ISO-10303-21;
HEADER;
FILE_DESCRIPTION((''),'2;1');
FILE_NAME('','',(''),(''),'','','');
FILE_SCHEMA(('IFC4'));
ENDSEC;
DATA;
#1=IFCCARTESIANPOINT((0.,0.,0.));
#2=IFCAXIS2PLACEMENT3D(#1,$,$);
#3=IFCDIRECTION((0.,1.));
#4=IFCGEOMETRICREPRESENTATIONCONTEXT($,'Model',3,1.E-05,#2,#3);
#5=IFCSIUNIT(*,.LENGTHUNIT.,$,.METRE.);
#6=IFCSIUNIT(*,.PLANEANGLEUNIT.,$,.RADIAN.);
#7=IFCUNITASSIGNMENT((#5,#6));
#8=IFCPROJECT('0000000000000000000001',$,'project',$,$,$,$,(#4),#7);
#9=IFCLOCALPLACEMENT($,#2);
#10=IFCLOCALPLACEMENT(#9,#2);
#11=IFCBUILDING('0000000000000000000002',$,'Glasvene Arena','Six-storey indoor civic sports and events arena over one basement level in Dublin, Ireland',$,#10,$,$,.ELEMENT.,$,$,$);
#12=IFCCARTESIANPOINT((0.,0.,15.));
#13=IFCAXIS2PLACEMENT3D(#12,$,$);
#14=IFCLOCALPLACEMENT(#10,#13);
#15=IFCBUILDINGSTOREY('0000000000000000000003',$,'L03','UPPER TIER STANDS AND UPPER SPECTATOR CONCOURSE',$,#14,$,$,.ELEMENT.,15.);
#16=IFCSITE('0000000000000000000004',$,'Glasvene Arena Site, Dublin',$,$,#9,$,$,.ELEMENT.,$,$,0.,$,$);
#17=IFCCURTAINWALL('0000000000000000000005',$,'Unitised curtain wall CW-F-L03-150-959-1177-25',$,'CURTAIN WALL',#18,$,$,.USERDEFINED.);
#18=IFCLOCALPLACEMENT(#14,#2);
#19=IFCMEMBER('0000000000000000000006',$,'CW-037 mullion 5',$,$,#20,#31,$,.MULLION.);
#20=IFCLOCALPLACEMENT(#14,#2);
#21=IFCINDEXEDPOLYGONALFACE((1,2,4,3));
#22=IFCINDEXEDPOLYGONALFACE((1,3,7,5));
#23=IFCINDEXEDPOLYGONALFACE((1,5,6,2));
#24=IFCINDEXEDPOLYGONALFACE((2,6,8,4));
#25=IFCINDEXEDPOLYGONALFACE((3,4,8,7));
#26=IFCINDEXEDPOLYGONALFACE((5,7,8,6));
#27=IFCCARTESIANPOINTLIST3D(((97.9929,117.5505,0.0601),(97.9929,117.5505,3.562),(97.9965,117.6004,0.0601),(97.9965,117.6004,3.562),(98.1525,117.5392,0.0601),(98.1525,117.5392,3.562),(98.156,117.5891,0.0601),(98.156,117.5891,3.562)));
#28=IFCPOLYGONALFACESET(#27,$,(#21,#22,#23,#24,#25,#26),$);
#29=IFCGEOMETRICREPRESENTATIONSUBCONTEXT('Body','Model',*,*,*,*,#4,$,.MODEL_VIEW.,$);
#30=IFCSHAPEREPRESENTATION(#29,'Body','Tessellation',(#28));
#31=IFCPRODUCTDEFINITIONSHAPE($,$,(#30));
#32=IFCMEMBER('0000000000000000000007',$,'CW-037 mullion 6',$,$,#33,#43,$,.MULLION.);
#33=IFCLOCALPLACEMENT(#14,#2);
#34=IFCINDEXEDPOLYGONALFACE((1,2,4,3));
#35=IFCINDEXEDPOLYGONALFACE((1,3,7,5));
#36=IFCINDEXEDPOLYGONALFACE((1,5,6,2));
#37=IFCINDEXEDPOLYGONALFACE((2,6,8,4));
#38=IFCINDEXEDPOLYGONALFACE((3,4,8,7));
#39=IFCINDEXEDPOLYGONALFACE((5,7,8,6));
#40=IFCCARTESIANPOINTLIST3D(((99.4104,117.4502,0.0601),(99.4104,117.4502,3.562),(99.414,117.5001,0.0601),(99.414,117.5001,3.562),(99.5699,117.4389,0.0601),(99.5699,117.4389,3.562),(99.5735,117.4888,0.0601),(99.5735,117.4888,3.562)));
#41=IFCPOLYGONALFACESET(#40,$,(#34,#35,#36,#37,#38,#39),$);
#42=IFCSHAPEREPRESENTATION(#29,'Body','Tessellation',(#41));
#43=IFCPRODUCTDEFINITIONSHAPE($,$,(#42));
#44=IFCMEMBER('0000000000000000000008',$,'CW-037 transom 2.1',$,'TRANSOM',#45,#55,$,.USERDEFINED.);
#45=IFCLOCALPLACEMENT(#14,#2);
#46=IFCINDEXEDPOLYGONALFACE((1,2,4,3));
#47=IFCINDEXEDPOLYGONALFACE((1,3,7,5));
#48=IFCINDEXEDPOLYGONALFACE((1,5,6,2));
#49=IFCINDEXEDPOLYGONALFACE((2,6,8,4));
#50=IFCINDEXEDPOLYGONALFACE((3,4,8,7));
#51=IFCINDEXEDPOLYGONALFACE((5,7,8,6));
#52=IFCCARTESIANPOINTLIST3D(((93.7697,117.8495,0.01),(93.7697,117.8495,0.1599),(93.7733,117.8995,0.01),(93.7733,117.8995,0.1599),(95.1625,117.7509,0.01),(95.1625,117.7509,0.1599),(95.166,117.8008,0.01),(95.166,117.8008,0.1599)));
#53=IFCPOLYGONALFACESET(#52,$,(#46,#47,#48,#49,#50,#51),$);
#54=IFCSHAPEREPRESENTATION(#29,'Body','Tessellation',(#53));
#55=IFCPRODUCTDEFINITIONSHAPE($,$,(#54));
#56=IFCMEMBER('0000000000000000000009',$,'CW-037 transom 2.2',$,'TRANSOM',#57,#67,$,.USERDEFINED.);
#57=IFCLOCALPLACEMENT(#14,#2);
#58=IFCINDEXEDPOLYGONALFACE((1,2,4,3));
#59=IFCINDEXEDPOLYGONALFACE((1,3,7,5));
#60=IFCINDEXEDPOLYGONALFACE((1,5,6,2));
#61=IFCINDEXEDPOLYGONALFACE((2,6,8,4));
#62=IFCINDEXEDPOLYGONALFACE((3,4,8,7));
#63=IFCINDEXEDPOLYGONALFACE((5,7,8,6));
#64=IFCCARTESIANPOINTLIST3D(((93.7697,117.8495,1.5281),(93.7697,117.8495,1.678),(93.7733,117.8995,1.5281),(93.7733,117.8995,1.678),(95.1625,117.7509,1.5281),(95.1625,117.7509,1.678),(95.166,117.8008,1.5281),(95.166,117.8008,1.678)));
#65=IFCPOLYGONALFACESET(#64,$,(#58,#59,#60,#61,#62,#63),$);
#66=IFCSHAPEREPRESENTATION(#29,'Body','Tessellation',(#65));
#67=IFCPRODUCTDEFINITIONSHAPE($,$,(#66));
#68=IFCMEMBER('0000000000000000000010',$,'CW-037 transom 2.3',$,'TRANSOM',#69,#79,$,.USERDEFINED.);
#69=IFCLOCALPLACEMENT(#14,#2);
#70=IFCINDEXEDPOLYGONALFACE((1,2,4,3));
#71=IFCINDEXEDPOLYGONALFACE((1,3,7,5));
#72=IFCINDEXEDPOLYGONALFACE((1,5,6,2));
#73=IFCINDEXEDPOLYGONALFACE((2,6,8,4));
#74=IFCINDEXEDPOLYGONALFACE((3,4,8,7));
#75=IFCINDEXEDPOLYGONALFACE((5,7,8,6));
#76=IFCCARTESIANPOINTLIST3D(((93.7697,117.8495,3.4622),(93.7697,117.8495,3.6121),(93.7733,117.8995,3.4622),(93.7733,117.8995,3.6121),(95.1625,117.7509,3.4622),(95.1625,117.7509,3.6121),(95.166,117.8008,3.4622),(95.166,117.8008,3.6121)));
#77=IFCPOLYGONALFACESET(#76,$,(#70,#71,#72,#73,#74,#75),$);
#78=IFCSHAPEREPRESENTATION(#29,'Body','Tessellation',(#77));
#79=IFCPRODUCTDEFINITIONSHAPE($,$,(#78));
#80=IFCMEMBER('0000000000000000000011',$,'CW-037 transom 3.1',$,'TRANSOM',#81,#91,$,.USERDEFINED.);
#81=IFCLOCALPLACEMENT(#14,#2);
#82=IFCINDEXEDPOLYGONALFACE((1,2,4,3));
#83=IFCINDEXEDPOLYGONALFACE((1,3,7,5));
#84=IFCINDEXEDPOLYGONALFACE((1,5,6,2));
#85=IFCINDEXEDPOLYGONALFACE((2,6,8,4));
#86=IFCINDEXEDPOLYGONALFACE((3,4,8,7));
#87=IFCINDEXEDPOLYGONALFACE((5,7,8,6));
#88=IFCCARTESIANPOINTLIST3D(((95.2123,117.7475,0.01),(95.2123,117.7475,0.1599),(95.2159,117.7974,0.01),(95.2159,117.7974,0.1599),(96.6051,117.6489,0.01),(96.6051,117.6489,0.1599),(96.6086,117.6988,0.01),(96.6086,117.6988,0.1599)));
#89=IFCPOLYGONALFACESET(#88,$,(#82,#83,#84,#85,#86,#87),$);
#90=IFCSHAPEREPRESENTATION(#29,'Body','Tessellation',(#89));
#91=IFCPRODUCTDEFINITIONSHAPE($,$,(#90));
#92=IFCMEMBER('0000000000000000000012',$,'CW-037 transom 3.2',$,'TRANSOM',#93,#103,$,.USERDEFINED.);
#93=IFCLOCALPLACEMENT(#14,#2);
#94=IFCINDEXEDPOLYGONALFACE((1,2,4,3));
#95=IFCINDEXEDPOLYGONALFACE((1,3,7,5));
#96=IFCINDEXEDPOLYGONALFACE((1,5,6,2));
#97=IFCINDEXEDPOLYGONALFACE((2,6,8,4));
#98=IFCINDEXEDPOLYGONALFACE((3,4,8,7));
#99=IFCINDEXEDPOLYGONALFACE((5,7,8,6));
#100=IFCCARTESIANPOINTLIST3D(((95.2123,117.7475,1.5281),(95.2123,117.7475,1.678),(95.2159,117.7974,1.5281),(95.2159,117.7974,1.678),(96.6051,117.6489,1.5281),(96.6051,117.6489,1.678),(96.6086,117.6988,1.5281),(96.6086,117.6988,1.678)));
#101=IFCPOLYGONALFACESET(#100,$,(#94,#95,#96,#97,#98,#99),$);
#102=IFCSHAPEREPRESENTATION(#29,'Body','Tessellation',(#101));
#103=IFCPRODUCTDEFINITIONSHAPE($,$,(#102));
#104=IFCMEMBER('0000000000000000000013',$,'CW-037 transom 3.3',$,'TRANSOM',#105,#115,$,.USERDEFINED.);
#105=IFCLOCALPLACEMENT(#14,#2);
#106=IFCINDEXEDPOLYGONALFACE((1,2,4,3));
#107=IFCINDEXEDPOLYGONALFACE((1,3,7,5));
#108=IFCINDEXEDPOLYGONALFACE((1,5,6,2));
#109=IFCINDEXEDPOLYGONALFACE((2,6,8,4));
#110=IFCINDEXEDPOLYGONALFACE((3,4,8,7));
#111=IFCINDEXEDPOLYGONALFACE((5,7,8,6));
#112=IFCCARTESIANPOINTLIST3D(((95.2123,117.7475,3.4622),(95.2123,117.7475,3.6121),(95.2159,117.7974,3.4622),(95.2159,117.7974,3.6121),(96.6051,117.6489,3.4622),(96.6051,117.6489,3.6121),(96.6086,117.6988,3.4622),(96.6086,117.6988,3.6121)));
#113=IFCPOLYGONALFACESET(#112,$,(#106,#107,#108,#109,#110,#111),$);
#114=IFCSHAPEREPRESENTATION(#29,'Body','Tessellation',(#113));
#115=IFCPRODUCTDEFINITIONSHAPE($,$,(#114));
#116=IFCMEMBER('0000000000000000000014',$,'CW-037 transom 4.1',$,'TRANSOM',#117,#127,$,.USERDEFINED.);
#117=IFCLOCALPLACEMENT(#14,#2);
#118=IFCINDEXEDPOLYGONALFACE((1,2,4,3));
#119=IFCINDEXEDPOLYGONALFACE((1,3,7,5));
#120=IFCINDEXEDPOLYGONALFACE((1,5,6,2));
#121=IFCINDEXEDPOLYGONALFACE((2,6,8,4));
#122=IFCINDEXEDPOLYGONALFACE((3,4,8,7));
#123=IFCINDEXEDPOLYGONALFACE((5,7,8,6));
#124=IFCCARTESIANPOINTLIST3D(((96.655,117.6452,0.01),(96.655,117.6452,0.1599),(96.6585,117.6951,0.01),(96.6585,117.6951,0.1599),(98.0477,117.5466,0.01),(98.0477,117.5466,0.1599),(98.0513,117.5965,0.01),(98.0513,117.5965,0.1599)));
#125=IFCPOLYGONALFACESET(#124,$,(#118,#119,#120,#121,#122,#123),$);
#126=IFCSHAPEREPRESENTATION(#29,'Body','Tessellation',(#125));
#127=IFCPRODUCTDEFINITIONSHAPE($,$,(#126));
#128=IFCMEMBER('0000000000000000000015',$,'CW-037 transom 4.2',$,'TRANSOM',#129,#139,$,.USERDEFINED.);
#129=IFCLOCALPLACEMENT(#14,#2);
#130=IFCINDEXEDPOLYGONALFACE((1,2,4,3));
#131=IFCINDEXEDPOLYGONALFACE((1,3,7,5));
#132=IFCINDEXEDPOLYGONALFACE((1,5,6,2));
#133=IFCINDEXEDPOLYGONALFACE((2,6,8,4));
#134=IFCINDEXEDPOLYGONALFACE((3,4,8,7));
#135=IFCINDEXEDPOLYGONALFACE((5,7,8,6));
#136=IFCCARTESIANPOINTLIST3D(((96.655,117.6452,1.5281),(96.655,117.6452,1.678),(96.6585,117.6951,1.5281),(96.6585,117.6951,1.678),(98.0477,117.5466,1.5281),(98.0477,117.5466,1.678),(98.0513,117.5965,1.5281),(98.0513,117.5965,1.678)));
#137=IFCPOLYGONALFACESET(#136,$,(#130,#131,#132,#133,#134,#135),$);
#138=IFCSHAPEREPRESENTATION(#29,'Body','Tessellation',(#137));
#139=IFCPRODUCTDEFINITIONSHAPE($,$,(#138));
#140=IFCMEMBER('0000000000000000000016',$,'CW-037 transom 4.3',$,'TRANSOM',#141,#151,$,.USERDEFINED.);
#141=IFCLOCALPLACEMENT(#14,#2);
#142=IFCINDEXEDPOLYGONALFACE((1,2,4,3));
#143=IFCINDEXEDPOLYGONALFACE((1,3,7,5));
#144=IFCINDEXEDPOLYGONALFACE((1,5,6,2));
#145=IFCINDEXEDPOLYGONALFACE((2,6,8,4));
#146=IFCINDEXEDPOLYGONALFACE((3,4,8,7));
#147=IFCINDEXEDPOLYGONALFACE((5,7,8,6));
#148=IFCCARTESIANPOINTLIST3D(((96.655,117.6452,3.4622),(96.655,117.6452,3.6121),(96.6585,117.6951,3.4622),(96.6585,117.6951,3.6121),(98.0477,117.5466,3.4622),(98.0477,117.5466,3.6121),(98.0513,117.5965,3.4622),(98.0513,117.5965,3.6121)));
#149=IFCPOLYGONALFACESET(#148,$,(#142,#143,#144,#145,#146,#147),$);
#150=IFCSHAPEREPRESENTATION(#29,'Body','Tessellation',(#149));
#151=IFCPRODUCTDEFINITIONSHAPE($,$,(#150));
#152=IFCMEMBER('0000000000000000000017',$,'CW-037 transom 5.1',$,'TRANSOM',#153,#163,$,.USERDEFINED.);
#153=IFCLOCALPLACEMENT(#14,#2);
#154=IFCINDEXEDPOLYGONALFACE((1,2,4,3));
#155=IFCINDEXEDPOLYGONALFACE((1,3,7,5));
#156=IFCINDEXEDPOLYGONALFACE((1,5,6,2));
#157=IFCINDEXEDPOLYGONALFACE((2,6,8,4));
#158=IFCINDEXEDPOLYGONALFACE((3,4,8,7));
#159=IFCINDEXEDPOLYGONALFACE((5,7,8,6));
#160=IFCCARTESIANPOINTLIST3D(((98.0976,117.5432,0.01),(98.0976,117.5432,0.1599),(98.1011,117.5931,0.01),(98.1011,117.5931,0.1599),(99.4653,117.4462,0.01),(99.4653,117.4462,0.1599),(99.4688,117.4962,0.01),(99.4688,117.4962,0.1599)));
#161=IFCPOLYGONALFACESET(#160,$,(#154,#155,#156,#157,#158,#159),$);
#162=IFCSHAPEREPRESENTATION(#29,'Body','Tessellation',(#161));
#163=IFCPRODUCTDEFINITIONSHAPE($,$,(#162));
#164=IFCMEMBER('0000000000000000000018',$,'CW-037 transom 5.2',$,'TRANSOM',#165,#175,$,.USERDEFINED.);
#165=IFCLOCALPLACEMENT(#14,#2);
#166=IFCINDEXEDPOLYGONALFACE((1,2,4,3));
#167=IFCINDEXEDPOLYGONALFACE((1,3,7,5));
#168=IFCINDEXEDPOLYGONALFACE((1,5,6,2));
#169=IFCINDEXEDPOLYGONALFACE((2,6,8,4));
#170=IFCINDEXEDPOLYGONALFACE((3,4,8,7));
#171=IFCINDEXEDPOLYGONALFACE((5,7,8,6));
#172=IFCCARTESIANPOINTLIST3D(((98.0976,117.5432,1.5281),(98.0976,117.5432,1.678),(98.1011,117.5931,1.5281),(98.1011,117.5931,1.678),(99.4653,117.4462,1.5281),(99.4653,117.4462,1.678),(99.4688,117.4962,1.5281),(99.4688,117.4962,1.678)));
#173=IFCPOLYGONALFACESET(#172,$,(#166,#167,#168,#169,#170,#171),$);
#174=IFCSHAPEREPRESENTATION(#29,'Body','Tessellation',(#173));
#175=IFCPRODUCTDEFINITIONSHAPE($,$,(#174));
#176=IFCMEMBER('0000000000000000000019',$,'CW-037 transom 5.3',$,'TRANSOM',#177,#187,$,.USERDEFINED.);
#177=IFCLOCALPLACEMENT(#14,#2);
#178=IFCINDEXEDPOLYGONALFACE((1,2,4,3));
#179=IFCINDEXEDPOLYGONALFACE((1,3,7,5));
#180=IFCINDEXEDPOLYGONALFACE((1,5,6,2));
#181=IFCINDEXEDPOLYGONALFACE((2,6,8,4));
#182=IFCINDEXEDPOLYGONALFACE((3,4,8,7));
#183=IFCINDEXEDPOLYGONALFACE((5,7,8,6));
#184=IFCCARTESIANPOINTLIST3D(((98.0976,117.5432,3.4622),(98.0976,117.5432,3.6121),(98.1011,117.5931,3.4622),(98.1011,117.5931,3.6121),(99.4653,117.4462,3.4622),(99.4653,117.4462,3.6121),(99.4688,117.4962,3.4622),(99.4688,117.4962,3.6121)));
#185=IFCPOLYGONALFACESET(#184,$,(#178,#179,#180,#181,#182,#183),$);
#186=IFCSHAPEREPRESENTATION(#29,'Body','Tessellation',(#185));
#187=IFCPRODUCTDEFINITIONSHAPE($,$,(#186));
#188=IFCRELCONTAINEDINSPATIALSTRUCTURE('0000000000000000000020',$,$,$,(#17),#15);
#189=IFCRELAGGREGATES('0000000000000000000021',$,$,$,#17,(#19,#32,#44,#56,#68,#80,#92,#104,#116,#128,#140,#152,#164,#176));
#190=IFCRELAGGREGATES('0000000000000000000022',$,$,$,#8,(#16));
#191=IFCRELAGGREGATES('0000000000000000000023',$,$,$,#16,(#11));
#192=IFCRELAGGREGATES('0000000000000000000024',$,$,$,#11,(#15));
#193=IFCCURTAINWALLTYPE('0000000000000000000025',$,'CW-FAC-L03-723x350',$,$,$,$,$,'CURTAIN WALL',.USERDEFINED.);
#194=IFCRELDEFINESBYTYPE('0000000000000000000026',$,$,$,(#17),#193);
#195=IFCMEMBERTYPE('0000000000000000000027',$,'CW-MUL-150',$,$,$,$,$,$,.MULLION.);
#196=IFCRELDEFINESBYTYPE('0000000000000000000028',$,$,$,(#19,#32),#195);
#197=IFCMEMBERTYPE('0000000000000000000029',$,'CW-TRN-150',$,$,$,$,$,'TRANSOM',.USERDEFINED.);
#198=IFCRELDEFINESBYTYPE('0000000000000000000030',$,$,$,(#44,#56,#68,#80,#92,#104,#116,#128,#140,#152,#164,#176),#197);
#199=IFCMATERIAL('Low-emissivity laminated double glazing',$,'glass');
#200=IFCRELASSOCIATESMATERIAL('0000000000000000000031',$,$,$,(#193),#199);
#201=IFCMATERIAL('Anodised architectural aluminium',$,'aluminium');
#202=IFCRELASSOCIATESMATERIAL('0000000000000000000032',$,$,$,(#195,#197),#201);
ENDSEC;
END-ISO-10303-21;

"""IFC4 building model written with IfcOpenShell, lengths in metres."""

from ifc_helpers import new_model, si_unit, direction, frame, origin, origin_2d, place, context, subcontext, project, spatial, rectangle, extrude, material, material_profile, profile_set, type_object, element, aggregate, save


model = new_model("IFC4")

# Units and contexts
model_context = context("Model", 3, precision=1e-05, world=origin(), true_north=direction((0.0, 1.0)))
body_context = subcontext(model_context, "Body", "Model", "MODEL_VIEW")
ifc_project = project(units=[si_unit("LENGTHUNIT", "METRE"), si_unit("PLANEANGLEUNIT", "RADIAN")], contexts=[model_context])

# Site, building, storey
site_placement = place(None, origin())
site = spatial("IfcSite", under=ifc_project, at=site_placement, Name="Glasvene Arena Site, Dublin", CompositionType="ELEMENT", RefElevation=0.0)
building_placement = place(site_placement, origin())
building = spatial("IfcBuilding", under=site, at=building_placement, Name="Glasvene Arena", Description="Six-storey indoor civic sports and events arena over one basement level in Dublin, Ireland", CompositionType="ELEMENT")
storey_placement = place(building_placement, frame((0.0, 0.0, 15.0)))
storey = spatial("IfcBuildingStorey", under=building, at=storey_placement, Name="L03", Description="UPPER TIER STANDS AND UPPER SPECTATOR CONCOURSE", CompositionType="ELEMENT", Elevation=15.0)

# Curtain wall, members
ifc_material_1 = material(Name="Low-emissivity laminated double glazing", Category="glass")
curtain_wall_type = type_object("IfcCurtainWallType", Name="CW-FAC-L03-723x350", ElementType="CURTAIN WALL", PredefinedType="USERDEFINED", material=ifc_material_1)
curtain_wall_placement = place(storey_placement, frame((92.304, 117.9785, 0.0)))
curtain_wall = element("IfcCurtainWall", 1, at=curtain_wall_placement, inside=storey, type_object=curtain_wall_type, Name="Unitised curtain wall CW-F-L03-150-959-1177-25", ObjectType="CURTAIN WALL", PredefinedType="USERDEFINED")
ifc_material_2 = material(Name="Anodised architectural aluminium", Category="aluminium")
ifc_material_profile_1 = material_profile(ifc_material_2, rectangle(XDim=0.05, YDim=0.1599, at=origin_2d()), Name="ALU MULLION 50x160")
ifc_profile_set_1 = profile_set([ifc_material_profile_1], Name="Anodised architectural aluminium")
member_type_1 = type_object("IfcMemberType", Name="CW-MUL-150", PredefinedType="MULLION", material=ifc_profile_set_1)
member_1_placement = place(storey_placement, frame((98.0745, 117.5698, 0.0601), z_axis=(0.0, 0.0, 1.0), x_axis=(0.070652, 0.997501, 0.0)))
member_1 = element("IfcMember", 2, at=member_1_placement, type_object=member_type_1, Name="CW-037 mullion 5", PredefinedType="MULLION", context=body_context, shape_type="SweptSolid", body=[
    extrude(rectangle(XDim=0.05, YDim=0.1599, at=origin_2d()), origin(), (0.0, 0.0, 1.0), 3.502),
])
member_2_placement = place(storey_placement, frame((99.4919, 117.4695, 0.0601), z_axis=(0.0, 0.0, 1.0), x_axis=(0.070652, 0.997501, 0.0)))
member_2 = element("IfcMember", 3, at=member_2_placement, type_object=member_type_1, Name="CW-037 mullion 6", PredefinedType="MULLION", context=body_context, shape_type="SweptSolid", body=[
    extrude(rectangle(XDim=0.05, YDim=0.1599, at=origin_2d()), origin(), (0.0, 0.0, 1.0), 3.502),
])
ifc_material_profile_2 = material_profile(ifc_material_2, rectangle(XDim=0.05, YDim=0.1499, at=origin_2d()), Name="ALU TRANSOM 50x150")
ifc_profile_set_2 = profile_set([ifc_material_profile_2], Name="Anodised architectural aluminium")
member_type_2 = type_object("IfcMemberType", Name="CW-TRN-150", ElementType="TRANSOM", PredefinedType="USERDEFINED", material=ifc_profile_set_2)
member_3_placement = place(storey_placement, frame((93.7715, 117.8745, 0.085), z_axis=(0.997502, -0.070638, 0.0), x_axis=(0.070638, 0.997502, 0.0)))
member_3 = element("IfcMember", 4, at=member_3_placement, type_object=member_type_2, Name="CW-037 transom 2.1", ObjectType="TRANSOM", PredefinedType="USERDEFINED", context=body_context, shape_type="SweptSolid", body=[
    extrude(rectangle(XDim=0.05, YDim=0.1499, at=origin_2d()), origin(), (0.0, 0.0, 1.0), 1.3962),
])
member_4_placement = place(storey_placement, frame((93.7715, 117.8745, 1.603), z_axis=(0.997502, -0.070638, 0.0), x_axis=(0.070638, 0.997502, 0.0)))
member_4 = element("IfcMember", 5, at=member_4_placement, type_object=member_type_2, Name="CW-037 transom 2.2", ObjectType="TRANSOM", PredefinedType="USERDEFINED", context=body_context, shape_type="SweptSolid", body=[
    extrude(rectangle(XDim=0.05, YDim=0.1499, at=origin_2d()), origin(), (0.0, 0.0, 1.0), 1.3962),
])
member_5_placement = place(storey_placement, frame((93.7715, 117.8745, 3.5371), z_axis=(0.997502, -0.070638, 0.0), x_axis=(0.070638, 0.997502, 0.0)))
member_5 = element("IfcMember", 6, at=member_5_placement, type_object=member_type_2, Name="CW-037 transom 2.3", ObjectType="TRANSOM", PredefinedType="USERDEFINED", context=body_context, shape_type="SweptSolid", body=[
    extrude(rectangle(XDim=0.05, YDim=0.1499, at=origin_2d()), origin(), (0.0, 0.0, 1.0), 1.3962),
])
member_6_placement = place(storey_placement, frame((95.2141, 117.7725, 0.085), z_axis=(0.997502, -0.070638, 0.0), x_axis=(0.070638, 0.997502, 0.0)))
member_6 = element("IfcMember", 7, at=member_6_placement, type_object=member_type_2, Name="CW-037 transom 3.1", ObjectType="TRANSOM", PredefinedType="USERDEFINED", context=body_context, shape_type="SweptSolid", body=[
    extrude(rectangle(XDim=0.05, YDim=0.1499, at=origin_2d()), origin(), (0.0, 0.0, 1.0), 1.3962),
])
member_7_placement = place(storey_placement, frame((95.2141, 117.7725, 1.603), z_axis=(0.997502, -0.070638, 0.0), x_axis=(0.070638, 0.997502, 0.0)))
member_7 = element("IfcMember", 8, at=member_7_placement, type_object=member_type_2, Name="CW-037 transom 3.2", ObjectType="TRANSOM", PredefinedType="USERDEFINED", context=body_context, shape_type="SweptSolid", body=[
    extrude(rectangle(XDim=0.05, YDim=0.1499, at=origin_2d()), origin(), (0.0, 0.0, 1.0), 1.3962),
])
member_8_placement = place(storey_placement, frame((95.2141, 117.7725, 3.5371), z_axis=(0.997502, -0.070638, 0.0), x_axis=(0.070638, 0.997502, 0.0)))
member_8 = element("IfcMember", 9, at=member_8_placement, type_object=member_type_2, Name="CW-037 transom 3.3", ObjectType="TRANSOM", PredefinedType="USERDEFINED", context=body_context, shape_type="SweptSolid", body=[
    extrude(rectangle(XDim=0.05, YDim=0.1499, at=origin_2d()), origin(), (0.0, 0.0, 1.0), 1.3962),
])
member_9_placement = place(storey_placement, frame((96.6567, 117.6702, 0.085), z_axis=(0.997502, -0.070638, 0.0), x_axis=(0.070638, 0.997502, 0.0)))
member_9 = element("IfcMember", 10, at=member_9_placement, type_object=member_type_2, Name="CW-037 transom 4.1", ObjectType="TRANSOM", PredefinedType="USERDEFINED", context=body_context, shape_type="SweptSolid", body=[
    extrude(rectangle(XDim=0.05, YDim=0.1499, at=origin_2d()), origin(), (0.0, 0.0, 1.0), 1.3962),
])
member_10_placement = place(storey_placement, frame((96.6567, 117.6702, 1.603), z_axis=(0.997502, -0.070638, 0.0), x_axis=(0.070638, 0.997502, 0.0)))
member_10 = element("IfcMember", 11, at=member_10_placement, type_object=member_type_2, Name="CW-037 transom 4.2", ObjectType="TRANSOM", PredefinedType="USERDEFINED", context=body_context, shape_type="SweptSolid", body=[
    extrude(rectangle(XDim=0.05, YDim=0.1499, at=origin_2d()), origin(), (0.0, 0.0, 1.0), 1.3962),
])
member_11_placement = place(storey_placement, frame((96.6567, 117.6702, 3.5371), z_axis=(0.997502, -0.070638, 0.0), x_axis=(0.070638, 0.997502, 0.0)))
member_11 = element("IfcMember", 12, at=member_11_placement, type_object=member_type_2, Name="CW-037 transom 4.3", ObjectType="TRANSOM", PredefinedType="USERDEFINED", context=body_context, shape_type="SweptSolid", body=[
    extrude(rectangle(XDim=0.05, YDim=0.1499, at=origin_2d()), origin(), (0.0, 0.0, 1.0), 1.3962),
])
member_12_placement = place(storey_placement, frame((98.0994, 117.5681, 0.085), z_axis=(0.997498, -0.07069, 0.0), x_axis=(0.07069, 0.997498, 0.0)))
member_12 = element("IfcMember", 13, at=member_12_placement, type_object=member_type_2, Name="CW-037 transom 5.1", ObjectType="TRANSOM", PredefinedType="USERDEFINED", context=body_context, shape_type="SweptSolid", body=[
    extrude(rectangle(XDim=0.05, YDim=0.1499, at=origin_2d()), origin(), (0.0, 0.0, 1.0), 1.3711),
])
member_13_placement = place(storey_placement, frame((98.0994, 117.5681, 1.603), z_axis=(0.997498, -0.07069, 0.0), x_axis=(0.07069, 0.997498, 0.0)))
member_13 = element("IfcMember", 14, at=member_13_placement, type_object=member_type_2, Name="CW-037 transom 5.2", ObjectType="TRANSOM", PredefinedType="USERDEFINED", context=body_context, shape_type="SweptSolid", body=[
    extrude(rectangle(XDim=0.05, YDim=0.1499, at=origin_2d()), origin(), (0.0, 0.0, 1.0), 1.3711),
])
member_14_placement = place(storey_placement, frame((98.0994, 117.5681, 3.5371), z_axis=(0.997498, -0.07069, 0.0), x_axis=(0.07069, 0.997498, 0.0)))
member_14 = element("IfcMember", 15, at=member_14_placement, type_object=member_type_2, Name="CW-037 transom 5.3", ObjectType="TRANSOM", PredefinedType="USERDEFINED", context=body_context, shape_type="SweptSolid", body=[
    extrude(rectangle(XDim=0.05, YDim=0.1499, at=origin_2d()), origin(), (0.0, 0.0, 1.0), 1.3711),
])
aggregate(curtain_wall, [member_1, member_2, member_3, member_4, member_5, member_6, member_7, member_8, member_9, member_10, member_11, member_12, member_13, member_14])

save(model, "model.ifc")
